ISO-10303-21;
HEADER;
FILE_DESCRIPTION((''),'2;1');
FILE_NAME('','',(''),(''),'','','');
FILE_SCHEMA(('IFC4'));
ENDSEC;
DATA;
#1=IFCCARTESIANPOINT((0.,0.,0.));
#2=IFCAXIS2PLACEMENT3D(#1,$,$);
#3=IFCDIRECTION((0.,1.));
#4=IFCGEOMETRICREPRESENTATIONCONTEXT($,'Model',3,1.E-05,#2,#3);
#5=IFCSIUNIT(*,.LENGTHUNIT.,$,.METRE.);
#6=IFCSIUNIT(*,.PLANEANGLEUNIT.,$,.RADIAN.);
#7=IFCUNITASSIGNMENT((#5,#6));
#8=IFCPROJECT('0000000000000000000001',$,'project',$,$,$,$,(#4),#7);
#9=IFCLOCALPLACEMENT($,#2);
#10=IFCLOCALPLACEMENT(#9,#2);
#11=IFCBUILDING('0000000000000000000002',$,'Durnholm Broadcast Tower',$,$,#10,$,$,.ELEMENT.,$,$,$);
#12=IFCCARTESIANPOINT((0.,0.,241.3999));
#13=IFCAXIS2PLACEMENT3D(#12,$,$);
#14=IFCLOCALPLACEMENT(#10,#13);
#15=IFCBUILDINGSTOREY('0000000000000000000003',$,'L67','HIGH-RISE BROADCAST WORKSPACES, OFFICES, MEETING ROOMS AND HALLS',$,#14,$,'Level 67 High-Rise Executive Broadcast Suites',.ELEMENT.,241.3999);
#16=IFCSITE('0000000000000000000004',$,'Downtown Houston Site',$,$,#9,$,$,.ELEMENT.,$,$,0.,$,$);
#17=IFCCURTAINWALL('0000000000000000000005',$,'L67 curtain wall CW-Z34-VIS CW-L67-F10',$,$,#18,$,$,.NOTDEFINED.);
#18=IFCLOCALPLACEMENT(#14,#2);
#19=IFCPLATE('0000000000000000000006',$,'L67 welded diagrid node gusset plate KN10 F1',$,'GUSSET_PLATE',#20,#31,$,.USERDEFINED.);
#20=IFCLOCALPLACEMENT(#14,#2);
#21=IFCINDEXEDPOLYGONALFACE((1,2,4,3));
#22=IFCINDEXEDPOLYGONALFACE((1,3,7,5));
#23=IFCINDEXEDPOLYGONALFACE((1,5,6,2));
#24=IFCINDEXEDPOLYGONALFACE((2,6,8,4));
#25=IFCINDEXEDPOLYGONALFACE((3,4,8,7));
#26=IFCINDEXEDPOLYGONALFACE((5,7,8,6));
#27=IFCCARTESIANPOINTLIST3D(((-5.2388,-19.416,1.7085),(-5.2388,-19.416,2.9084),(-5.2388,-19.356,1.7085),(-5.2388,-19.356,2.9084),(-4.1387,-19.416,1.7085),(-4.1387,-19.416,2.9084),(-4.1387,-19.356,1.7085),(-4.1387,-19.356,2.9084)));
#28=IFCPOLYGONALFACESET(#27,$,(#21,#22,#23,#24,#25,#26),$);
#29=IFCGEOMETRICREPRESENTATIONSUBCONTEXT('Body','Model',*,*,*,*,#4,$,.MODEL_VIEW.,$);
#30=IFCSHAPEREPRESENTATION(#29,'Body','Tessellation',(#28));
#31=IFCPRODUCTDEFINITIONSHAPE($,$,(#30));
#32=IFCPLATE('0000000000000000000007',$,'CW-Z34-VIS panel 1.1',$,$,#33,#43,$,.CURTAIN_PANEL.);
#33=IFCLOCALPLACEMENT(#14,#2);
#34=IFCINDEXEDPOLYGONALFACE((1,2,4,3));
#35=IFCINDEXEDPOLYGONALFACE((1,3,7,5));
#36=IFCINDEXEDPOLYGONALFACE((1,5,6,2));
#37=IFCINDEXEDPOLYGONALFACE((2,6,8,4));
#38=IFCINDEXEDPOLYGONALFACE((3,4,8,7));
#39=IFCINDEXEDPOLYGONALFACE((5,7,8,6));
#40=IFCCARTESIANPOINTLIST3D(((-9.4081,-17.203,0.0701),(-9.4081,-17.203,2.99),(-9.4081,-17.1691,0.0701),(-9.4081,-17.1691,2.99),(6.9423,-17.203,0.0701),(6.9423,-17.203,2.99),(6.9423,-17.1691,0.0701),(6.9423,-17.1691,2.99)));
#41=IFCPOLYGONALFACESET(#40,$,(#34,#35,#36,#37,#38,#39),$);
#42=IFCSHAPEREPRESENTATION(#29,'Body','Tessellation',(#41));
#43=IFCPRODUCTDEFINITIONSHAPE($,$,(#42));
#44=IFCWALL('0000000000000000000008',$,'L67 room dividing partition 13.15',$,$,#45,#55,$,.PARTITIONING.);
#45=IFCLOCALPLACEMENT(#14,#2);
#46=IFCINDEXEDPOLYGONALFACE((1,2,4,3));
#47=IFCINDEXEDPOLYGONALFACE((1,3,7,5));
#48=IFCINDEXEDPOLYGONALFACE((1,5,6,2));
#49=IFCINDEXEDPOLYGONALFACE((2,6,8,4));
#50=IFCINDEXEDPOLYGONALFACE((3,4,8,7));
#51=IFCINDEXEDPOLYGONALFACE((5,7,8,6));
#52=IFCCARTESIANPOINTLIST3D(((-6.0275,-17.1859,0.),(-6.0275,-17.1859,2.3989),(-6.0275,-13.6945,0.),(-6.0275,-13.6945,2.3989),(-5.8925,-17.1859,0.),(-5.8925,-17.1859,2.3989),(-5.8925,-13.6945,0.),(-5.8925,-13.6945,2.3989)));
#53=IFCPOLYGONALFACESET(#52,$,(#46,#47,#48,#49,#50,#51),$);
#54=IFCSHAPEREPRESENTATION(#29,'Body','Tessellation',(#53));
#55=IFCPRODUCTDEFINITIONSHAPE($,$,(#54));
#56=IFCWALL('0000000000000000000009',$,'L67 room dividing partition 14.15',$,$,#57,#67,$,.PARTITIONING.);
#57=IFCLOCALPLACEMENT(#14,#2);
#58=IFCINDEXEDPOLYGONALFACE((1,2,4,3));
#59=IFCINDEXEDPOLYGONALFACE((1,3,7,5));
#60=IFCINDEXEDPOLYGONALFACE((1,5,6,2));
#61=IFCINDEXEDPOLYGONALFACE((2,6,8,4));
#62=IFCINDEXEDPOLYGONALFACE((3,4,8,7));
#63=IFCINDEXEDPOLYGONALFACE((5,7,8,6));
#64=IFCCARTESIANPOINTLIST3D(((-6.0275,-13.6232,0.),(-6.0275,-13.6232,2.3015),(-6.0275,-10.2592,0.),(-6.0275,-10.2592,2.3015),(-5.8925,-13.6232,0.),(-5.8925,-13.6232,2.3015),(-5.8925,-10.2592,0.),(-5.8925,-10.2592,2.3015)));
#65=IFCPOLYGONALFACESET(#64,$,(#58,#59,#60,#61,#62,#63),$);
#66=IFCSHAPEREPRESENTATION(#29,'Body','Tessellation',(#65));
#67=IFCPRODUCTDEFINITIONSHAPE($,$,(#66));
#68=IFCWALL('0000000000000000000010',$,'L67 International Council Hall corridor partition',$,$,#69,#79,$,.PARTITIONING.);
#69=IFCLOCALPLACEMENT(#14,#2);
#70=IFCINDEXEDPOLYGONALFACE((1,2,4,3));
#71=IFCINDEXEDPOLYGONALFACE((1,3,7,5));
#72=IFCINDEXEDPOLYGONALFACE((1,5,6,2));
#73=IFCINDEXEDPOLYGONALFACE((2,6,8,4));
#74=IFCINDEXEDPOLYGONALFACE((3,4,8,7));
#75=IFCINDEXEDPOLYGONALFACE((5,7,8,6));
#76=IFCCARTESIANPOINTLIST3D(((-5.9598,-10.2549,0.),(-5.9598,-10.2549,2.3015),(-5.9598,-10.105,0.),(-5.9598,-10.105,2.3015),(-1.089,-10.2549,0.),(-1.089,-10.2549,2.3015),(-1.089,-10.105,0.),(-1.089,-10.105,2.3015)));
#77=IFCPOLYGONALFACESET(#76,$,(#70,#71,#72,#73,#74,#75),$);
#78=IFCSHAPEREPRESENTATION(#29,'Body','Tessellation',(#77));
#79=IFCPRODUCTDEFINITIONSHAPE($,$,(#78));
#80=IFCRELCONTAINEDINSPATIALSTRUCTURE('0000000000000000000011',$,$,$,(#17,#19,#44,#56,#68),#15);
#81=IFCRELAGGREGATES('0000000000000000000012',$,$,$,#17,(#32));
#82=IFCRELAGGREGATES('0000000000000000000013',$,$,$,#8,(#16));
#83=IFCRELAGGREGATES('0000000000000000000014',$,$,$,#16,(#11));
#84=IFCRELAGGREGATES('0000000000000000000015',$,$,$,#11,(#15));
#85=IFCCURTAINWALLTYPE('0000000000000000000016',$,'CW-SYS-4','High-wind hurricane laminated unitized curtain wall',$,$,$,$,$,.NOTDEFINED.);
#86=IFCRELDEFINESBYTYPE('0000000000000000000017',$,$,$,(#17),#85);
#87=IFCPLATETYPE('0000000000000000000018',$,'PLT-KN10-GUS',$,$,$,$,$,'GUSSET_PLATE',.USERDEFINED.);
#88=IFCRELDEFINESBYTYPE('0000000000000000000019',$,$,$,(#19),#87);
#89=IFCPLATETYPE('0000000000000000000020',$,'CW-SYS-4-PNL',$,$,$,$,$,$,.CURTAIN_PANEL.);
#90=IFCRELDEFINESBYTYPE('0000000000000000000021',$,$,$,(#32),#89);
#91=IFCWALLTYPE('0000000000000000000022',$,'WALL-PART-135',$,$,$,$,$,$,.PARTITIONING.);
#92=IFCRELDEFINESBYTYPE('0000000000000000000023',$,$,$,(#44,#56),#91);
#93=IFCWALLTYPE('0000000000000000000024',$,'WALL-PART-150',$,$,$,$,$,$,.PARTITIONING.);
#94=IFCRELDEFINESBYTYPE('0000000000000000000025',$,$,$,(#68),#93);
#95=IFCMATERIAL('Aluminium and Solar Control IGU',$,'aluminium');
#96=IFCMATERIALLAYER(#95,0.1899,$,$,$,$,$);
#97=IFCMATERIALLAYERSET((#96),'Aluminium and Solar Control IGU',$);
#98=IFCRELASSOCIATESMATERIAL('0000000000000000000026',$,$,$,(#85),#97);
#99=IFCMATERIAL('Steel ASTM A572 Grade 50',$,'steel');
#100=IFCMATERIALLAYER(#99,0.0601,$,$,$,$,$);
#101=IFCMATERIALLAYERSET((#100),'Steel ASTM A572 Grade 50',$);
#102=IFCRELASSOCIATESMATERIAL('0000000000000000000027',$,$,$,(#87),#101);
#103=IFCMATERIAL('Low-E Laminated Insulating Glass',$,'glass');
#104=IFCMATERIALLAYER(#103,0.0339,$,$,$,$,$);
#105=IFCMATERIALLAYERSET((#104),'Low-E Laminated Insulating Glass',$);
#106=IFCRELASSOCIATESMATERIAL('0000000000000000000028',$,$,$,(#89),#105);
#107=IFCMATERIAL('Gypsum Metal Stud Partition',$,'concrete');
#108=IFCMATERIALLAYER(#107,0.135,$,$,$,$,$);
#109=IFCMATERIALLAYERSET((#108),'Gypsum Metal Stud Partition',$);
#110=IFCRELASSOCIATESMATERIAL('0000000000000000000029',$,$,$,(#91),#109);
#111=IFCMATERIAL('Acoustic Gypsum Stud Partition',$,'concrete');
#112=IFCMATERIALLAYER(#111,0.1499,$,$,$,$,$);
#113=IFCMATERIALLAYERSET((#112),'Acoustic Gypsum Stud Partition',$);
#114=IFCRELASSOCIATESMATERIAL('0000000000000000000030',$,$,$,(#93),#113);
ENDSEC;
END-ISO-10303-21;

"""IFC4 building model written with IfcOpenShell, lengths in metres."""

from ifc_helpers import new_model, si_unit, direction, frame, frame_2d, origin, origin_2d, place, context, subcontext, project, spatial, rectangle, extrude, source, transform, mapped, material, layer, layer_set, type_object, type_shapes, element, aggregate, save


model = new_model("IFC4")

# Units and contexts
model_context = context("Model", 3, precision=1e-05, world=origin(), true_north=direction((0.0, 1.0)))
body_context = subcontext(model_context, "Body", "Model", "MODEL_VIEW")
ifc_project = project(units=[si_unit("LENGTHUNIT", "METRE"), si_unit("PLANEANGLEUNIT", "RADIAN")], contexts=[model_context])

# Site, building, storey
site_placement = place(None, origin())
site = spatial("IfcSite", under=ifc_project, at=site_placement, Name="Downtown Houston Site", CompositionType="ELEMENT", RefElevation=0.0)
building_placement = place(site_placement, origin())
building = spatial("IfcBuilding", under=site, at=building_placement, Name="Durnholm Broadcast Tower", CompositionType="ELEMENT")
storey_placement = place(building_placement, frame((0.0, 0.0, 241.3999)))
storey = spatial("IfcBuildingStorey", under=building, at=storey_placement, Name="L67", Description="HIGH-RISE BROADCAST WORKSPACES, OFFICES, MEETING ROOMS AND HALLS", LongName="Level 67 High-Rise Executive Broadcast Suites", CompositionType="ELEMENT", Elevation=241.3999)

# Shared definitions
ifc_material_1 = material(Name="Aluminium and Solar Control IGU", Category="aluminium")

# Curtain wall
ifc_layer_1 = layer(ifc_material_1, 0.1899)
ifc_layer_set_1 = layer_set([ifc_layer_1], Name="Aluminium and Solar Control IGU")
curtain_wall_type_1 = type_object("IfcCurtainWallType", Name="CW-SYS-4", Description="High-wind hurricane laminated unitized curtain wall", PredefinedType="NOTDEFINED", material=ifc_layer_set_1)
curtain_wall_1_placement = place(storey_placement, origin())
curtain_wall_1 = element("IfcCurtainWall", 1, at=curtain_wall_1_placement, inside=storey, type_object=curtain_wall_type_1, Name="L67 curtain wall CW-Z34-VIS CW-L67-F10", PredefinedType="NOTDEFINED")

# Plate
ifc_material_2 = material(Name="Steel ASTM A572 Grade 50", Category="steel")
ifc_layer_2 = layer(ifc_material_2, 0.0601)
ifc_layer_set_2 = layer_set([ifc_layer_2], Name="Steel ASTM A572 Grade 50")
plate_type_1 = type_object("IfcPlateType", Name="PLT-KN10-GUS", ElementType="GUSSET_PLATE", PredefinedType="USERDEFINED", material=ifc_layer_set_2)
shared_shape_1 = source(origin(), body_context, "Body", "SweptSolid", [
    extrude(rectangle(XDim=1.1001, YDim=0.0601, at=origin_2d()), origin(), (0.0, 0.0, 1.0), 1.2),
])
type_shapes(plate_type_1, [shared_shape_1])
plate_1_placement = place(storey_placement, frame((-4.6887, -19.386, 1.7085), z_axis=(0.0, 0.0, 1.0), x_axis=(1.0, 0.0, 0.0)))
element("IfcPlate", 2, at=plate_1_placement, inside=storey, type_object=plate_type_1, Name="L67 welded diagrid node gusset plate KN10 F1", ObjectType="GUSSET_PLATE", PredefinedType="USERDEFINED", context=body_context, shape_type="MappedRepresentation", body=[
    mapped(shared_shape_1, transform((0.0, 0.0, 0.0), x_axis=(1.0, 0.0, 0.0), y_axis=(0.0, 1.0, 0.0), z_axis=(0.0, 0.0, 1.0), scale=1.0)),
])

# Plate
ifc_material_3 = material(Name="Low-E Laminated Insulating Glass", Category="glass")
ifc_layer_3 = layer(ifc_material_3, 0.0339)
ifc_layer_set_3 = layer_set([ifc_layer_3], Name="Low-E Laminated Insulating Glass")
plate_type_2 = type_object("IfcPlateType", Name="CW-SYS-4-PNL", PredefinedType="CURTAIN_PANEL", material=ifc_layer_set_3)
shared_shape_2 = source(origin(), body_context, "Body", "SweptSolid", [
    extrude(rectangle(XDim=16.3503, YDim=0.0339, at=origin_2d()), origin(), (0.0, 0.0, 1.0), 2.9199),
])
type_shapes(plate_type_2, [shared_shape_2])
plate_2_placement = place(storey_placement, frame((-1.2329, -17.186, 0.0701), z_axis=(0.0, 0.0, 1.0), x_axis=(-1.0, 0.0, 0.0)))
plate_2 = element("IfcPlate", 3, at=plate_2_placement, type_object=plate_type_2, Name="CW-Z34-VIS panel 1.1", PredefinedType="CURTAIN_PANEL", context=body_context, shape_type="MappedRepresentation", body=[
    mapped(shared_shape_2, transform((0.0, 0.0, 0.0), x_axis=(1.0, 0.0, 0.0), y_axis=(0.0, 1.0, 0.0), z_axis=(0.0, 0.0, 1.0), scale=1.0)),
])
aggregate(curtain_wall_1, [plate_2])

# Walls
ifc_material_4 = material(Name="Gypsum Metal Stud Partition", Category="concrete")
ifc_layer_4 = layer(ifc_material_4, 0.135)
ifc_layer_set_4 = layer_set([ifc_layer_4], Name="Gypsum Metal Stud Partition")
wall_type_1 = type_object("IfcWallType", Name="WALL-PART-135", PredefinedType="PARTITIONING", material=ifc_layer_set_4)
wall_1_placement = place(storey_placement, frame((-5.96, -13.6946, 0.0), z_axis=(0.0, 0.0, 1.0), x_axis=(0.0, -1.0, 0.0)))
element("IfcWall", 4, at=wall_1_placement, inside=storey, type_object=wall_type_1, Name="L67 room dividing partition 13.15", PredefinedType="PARTITIONING", context=body_context, shape_type="SweptSolid", body=[
    extrude(rectangle(XDim=3.4915, YDim=0.135, at=frame_2d((1.7456, 0.0))), origin(), (0.0, 0.0, 1.0), 2.3989),
])
wall_2_placement = place(storey_placement, frame((-5.96, -10.259, 0.0), z_axis=(0.0, 0.0, 1.0), x_axis=(0.0, -1.0, 0.0)))
element("IfcWall", 5, at=wall_2_placement, inside=storey, type_object=wall_type_1, Name="L67 room dividing partition 14.15", PredefinedType="PARTITIONING", context=body_context, shape_type="SweptSolid", body=[
    extrude(rectangle(XDim=3.364, YDim=0.135, at=frame_2d((1.6821, 0.0))), origin(), (0.0, 0.0, 1.0), 2.3015),
])
ifc_material_5 = material(Name="Acoustic Gypsum Stud Partition", Category="concrete")
ifc_layer_5 = layer(ifc_material_5, 0.1499)
ifc_layer_set_5 = layer_set([ifc_layer_5], Name="Acoustic Gypsum Stud Partition")
wall_type_2 = type_object("IfcWallType", Name="WALL-PART-150", PredefinedType="PARTITIONING", material=ifc_layer_set_5)
wall_3_placement = place(storey_placement, frame((-5.96, -10.1799, 0.0), z_axis=(0.0, 0.0, 1.0), x_axis=(1.0, 0.0, 0.0)))
element("IfcWall", 6, at=wall_3_placement, inside=storey, type_object=wall_type_2, Name="L67 International Council Hall corridor partition", PredefinedType="PARTITIONING", context=body_context, shape_type="SweptSolid", body=[
    extrude(rectangle(XDim=4.8708, YDim=0.1499, at=frame_2d((2.4355, 0.0))), origin(), (0.0, 0.0, 1.0), 2.3015),
])

save(model, "model.ifc")
